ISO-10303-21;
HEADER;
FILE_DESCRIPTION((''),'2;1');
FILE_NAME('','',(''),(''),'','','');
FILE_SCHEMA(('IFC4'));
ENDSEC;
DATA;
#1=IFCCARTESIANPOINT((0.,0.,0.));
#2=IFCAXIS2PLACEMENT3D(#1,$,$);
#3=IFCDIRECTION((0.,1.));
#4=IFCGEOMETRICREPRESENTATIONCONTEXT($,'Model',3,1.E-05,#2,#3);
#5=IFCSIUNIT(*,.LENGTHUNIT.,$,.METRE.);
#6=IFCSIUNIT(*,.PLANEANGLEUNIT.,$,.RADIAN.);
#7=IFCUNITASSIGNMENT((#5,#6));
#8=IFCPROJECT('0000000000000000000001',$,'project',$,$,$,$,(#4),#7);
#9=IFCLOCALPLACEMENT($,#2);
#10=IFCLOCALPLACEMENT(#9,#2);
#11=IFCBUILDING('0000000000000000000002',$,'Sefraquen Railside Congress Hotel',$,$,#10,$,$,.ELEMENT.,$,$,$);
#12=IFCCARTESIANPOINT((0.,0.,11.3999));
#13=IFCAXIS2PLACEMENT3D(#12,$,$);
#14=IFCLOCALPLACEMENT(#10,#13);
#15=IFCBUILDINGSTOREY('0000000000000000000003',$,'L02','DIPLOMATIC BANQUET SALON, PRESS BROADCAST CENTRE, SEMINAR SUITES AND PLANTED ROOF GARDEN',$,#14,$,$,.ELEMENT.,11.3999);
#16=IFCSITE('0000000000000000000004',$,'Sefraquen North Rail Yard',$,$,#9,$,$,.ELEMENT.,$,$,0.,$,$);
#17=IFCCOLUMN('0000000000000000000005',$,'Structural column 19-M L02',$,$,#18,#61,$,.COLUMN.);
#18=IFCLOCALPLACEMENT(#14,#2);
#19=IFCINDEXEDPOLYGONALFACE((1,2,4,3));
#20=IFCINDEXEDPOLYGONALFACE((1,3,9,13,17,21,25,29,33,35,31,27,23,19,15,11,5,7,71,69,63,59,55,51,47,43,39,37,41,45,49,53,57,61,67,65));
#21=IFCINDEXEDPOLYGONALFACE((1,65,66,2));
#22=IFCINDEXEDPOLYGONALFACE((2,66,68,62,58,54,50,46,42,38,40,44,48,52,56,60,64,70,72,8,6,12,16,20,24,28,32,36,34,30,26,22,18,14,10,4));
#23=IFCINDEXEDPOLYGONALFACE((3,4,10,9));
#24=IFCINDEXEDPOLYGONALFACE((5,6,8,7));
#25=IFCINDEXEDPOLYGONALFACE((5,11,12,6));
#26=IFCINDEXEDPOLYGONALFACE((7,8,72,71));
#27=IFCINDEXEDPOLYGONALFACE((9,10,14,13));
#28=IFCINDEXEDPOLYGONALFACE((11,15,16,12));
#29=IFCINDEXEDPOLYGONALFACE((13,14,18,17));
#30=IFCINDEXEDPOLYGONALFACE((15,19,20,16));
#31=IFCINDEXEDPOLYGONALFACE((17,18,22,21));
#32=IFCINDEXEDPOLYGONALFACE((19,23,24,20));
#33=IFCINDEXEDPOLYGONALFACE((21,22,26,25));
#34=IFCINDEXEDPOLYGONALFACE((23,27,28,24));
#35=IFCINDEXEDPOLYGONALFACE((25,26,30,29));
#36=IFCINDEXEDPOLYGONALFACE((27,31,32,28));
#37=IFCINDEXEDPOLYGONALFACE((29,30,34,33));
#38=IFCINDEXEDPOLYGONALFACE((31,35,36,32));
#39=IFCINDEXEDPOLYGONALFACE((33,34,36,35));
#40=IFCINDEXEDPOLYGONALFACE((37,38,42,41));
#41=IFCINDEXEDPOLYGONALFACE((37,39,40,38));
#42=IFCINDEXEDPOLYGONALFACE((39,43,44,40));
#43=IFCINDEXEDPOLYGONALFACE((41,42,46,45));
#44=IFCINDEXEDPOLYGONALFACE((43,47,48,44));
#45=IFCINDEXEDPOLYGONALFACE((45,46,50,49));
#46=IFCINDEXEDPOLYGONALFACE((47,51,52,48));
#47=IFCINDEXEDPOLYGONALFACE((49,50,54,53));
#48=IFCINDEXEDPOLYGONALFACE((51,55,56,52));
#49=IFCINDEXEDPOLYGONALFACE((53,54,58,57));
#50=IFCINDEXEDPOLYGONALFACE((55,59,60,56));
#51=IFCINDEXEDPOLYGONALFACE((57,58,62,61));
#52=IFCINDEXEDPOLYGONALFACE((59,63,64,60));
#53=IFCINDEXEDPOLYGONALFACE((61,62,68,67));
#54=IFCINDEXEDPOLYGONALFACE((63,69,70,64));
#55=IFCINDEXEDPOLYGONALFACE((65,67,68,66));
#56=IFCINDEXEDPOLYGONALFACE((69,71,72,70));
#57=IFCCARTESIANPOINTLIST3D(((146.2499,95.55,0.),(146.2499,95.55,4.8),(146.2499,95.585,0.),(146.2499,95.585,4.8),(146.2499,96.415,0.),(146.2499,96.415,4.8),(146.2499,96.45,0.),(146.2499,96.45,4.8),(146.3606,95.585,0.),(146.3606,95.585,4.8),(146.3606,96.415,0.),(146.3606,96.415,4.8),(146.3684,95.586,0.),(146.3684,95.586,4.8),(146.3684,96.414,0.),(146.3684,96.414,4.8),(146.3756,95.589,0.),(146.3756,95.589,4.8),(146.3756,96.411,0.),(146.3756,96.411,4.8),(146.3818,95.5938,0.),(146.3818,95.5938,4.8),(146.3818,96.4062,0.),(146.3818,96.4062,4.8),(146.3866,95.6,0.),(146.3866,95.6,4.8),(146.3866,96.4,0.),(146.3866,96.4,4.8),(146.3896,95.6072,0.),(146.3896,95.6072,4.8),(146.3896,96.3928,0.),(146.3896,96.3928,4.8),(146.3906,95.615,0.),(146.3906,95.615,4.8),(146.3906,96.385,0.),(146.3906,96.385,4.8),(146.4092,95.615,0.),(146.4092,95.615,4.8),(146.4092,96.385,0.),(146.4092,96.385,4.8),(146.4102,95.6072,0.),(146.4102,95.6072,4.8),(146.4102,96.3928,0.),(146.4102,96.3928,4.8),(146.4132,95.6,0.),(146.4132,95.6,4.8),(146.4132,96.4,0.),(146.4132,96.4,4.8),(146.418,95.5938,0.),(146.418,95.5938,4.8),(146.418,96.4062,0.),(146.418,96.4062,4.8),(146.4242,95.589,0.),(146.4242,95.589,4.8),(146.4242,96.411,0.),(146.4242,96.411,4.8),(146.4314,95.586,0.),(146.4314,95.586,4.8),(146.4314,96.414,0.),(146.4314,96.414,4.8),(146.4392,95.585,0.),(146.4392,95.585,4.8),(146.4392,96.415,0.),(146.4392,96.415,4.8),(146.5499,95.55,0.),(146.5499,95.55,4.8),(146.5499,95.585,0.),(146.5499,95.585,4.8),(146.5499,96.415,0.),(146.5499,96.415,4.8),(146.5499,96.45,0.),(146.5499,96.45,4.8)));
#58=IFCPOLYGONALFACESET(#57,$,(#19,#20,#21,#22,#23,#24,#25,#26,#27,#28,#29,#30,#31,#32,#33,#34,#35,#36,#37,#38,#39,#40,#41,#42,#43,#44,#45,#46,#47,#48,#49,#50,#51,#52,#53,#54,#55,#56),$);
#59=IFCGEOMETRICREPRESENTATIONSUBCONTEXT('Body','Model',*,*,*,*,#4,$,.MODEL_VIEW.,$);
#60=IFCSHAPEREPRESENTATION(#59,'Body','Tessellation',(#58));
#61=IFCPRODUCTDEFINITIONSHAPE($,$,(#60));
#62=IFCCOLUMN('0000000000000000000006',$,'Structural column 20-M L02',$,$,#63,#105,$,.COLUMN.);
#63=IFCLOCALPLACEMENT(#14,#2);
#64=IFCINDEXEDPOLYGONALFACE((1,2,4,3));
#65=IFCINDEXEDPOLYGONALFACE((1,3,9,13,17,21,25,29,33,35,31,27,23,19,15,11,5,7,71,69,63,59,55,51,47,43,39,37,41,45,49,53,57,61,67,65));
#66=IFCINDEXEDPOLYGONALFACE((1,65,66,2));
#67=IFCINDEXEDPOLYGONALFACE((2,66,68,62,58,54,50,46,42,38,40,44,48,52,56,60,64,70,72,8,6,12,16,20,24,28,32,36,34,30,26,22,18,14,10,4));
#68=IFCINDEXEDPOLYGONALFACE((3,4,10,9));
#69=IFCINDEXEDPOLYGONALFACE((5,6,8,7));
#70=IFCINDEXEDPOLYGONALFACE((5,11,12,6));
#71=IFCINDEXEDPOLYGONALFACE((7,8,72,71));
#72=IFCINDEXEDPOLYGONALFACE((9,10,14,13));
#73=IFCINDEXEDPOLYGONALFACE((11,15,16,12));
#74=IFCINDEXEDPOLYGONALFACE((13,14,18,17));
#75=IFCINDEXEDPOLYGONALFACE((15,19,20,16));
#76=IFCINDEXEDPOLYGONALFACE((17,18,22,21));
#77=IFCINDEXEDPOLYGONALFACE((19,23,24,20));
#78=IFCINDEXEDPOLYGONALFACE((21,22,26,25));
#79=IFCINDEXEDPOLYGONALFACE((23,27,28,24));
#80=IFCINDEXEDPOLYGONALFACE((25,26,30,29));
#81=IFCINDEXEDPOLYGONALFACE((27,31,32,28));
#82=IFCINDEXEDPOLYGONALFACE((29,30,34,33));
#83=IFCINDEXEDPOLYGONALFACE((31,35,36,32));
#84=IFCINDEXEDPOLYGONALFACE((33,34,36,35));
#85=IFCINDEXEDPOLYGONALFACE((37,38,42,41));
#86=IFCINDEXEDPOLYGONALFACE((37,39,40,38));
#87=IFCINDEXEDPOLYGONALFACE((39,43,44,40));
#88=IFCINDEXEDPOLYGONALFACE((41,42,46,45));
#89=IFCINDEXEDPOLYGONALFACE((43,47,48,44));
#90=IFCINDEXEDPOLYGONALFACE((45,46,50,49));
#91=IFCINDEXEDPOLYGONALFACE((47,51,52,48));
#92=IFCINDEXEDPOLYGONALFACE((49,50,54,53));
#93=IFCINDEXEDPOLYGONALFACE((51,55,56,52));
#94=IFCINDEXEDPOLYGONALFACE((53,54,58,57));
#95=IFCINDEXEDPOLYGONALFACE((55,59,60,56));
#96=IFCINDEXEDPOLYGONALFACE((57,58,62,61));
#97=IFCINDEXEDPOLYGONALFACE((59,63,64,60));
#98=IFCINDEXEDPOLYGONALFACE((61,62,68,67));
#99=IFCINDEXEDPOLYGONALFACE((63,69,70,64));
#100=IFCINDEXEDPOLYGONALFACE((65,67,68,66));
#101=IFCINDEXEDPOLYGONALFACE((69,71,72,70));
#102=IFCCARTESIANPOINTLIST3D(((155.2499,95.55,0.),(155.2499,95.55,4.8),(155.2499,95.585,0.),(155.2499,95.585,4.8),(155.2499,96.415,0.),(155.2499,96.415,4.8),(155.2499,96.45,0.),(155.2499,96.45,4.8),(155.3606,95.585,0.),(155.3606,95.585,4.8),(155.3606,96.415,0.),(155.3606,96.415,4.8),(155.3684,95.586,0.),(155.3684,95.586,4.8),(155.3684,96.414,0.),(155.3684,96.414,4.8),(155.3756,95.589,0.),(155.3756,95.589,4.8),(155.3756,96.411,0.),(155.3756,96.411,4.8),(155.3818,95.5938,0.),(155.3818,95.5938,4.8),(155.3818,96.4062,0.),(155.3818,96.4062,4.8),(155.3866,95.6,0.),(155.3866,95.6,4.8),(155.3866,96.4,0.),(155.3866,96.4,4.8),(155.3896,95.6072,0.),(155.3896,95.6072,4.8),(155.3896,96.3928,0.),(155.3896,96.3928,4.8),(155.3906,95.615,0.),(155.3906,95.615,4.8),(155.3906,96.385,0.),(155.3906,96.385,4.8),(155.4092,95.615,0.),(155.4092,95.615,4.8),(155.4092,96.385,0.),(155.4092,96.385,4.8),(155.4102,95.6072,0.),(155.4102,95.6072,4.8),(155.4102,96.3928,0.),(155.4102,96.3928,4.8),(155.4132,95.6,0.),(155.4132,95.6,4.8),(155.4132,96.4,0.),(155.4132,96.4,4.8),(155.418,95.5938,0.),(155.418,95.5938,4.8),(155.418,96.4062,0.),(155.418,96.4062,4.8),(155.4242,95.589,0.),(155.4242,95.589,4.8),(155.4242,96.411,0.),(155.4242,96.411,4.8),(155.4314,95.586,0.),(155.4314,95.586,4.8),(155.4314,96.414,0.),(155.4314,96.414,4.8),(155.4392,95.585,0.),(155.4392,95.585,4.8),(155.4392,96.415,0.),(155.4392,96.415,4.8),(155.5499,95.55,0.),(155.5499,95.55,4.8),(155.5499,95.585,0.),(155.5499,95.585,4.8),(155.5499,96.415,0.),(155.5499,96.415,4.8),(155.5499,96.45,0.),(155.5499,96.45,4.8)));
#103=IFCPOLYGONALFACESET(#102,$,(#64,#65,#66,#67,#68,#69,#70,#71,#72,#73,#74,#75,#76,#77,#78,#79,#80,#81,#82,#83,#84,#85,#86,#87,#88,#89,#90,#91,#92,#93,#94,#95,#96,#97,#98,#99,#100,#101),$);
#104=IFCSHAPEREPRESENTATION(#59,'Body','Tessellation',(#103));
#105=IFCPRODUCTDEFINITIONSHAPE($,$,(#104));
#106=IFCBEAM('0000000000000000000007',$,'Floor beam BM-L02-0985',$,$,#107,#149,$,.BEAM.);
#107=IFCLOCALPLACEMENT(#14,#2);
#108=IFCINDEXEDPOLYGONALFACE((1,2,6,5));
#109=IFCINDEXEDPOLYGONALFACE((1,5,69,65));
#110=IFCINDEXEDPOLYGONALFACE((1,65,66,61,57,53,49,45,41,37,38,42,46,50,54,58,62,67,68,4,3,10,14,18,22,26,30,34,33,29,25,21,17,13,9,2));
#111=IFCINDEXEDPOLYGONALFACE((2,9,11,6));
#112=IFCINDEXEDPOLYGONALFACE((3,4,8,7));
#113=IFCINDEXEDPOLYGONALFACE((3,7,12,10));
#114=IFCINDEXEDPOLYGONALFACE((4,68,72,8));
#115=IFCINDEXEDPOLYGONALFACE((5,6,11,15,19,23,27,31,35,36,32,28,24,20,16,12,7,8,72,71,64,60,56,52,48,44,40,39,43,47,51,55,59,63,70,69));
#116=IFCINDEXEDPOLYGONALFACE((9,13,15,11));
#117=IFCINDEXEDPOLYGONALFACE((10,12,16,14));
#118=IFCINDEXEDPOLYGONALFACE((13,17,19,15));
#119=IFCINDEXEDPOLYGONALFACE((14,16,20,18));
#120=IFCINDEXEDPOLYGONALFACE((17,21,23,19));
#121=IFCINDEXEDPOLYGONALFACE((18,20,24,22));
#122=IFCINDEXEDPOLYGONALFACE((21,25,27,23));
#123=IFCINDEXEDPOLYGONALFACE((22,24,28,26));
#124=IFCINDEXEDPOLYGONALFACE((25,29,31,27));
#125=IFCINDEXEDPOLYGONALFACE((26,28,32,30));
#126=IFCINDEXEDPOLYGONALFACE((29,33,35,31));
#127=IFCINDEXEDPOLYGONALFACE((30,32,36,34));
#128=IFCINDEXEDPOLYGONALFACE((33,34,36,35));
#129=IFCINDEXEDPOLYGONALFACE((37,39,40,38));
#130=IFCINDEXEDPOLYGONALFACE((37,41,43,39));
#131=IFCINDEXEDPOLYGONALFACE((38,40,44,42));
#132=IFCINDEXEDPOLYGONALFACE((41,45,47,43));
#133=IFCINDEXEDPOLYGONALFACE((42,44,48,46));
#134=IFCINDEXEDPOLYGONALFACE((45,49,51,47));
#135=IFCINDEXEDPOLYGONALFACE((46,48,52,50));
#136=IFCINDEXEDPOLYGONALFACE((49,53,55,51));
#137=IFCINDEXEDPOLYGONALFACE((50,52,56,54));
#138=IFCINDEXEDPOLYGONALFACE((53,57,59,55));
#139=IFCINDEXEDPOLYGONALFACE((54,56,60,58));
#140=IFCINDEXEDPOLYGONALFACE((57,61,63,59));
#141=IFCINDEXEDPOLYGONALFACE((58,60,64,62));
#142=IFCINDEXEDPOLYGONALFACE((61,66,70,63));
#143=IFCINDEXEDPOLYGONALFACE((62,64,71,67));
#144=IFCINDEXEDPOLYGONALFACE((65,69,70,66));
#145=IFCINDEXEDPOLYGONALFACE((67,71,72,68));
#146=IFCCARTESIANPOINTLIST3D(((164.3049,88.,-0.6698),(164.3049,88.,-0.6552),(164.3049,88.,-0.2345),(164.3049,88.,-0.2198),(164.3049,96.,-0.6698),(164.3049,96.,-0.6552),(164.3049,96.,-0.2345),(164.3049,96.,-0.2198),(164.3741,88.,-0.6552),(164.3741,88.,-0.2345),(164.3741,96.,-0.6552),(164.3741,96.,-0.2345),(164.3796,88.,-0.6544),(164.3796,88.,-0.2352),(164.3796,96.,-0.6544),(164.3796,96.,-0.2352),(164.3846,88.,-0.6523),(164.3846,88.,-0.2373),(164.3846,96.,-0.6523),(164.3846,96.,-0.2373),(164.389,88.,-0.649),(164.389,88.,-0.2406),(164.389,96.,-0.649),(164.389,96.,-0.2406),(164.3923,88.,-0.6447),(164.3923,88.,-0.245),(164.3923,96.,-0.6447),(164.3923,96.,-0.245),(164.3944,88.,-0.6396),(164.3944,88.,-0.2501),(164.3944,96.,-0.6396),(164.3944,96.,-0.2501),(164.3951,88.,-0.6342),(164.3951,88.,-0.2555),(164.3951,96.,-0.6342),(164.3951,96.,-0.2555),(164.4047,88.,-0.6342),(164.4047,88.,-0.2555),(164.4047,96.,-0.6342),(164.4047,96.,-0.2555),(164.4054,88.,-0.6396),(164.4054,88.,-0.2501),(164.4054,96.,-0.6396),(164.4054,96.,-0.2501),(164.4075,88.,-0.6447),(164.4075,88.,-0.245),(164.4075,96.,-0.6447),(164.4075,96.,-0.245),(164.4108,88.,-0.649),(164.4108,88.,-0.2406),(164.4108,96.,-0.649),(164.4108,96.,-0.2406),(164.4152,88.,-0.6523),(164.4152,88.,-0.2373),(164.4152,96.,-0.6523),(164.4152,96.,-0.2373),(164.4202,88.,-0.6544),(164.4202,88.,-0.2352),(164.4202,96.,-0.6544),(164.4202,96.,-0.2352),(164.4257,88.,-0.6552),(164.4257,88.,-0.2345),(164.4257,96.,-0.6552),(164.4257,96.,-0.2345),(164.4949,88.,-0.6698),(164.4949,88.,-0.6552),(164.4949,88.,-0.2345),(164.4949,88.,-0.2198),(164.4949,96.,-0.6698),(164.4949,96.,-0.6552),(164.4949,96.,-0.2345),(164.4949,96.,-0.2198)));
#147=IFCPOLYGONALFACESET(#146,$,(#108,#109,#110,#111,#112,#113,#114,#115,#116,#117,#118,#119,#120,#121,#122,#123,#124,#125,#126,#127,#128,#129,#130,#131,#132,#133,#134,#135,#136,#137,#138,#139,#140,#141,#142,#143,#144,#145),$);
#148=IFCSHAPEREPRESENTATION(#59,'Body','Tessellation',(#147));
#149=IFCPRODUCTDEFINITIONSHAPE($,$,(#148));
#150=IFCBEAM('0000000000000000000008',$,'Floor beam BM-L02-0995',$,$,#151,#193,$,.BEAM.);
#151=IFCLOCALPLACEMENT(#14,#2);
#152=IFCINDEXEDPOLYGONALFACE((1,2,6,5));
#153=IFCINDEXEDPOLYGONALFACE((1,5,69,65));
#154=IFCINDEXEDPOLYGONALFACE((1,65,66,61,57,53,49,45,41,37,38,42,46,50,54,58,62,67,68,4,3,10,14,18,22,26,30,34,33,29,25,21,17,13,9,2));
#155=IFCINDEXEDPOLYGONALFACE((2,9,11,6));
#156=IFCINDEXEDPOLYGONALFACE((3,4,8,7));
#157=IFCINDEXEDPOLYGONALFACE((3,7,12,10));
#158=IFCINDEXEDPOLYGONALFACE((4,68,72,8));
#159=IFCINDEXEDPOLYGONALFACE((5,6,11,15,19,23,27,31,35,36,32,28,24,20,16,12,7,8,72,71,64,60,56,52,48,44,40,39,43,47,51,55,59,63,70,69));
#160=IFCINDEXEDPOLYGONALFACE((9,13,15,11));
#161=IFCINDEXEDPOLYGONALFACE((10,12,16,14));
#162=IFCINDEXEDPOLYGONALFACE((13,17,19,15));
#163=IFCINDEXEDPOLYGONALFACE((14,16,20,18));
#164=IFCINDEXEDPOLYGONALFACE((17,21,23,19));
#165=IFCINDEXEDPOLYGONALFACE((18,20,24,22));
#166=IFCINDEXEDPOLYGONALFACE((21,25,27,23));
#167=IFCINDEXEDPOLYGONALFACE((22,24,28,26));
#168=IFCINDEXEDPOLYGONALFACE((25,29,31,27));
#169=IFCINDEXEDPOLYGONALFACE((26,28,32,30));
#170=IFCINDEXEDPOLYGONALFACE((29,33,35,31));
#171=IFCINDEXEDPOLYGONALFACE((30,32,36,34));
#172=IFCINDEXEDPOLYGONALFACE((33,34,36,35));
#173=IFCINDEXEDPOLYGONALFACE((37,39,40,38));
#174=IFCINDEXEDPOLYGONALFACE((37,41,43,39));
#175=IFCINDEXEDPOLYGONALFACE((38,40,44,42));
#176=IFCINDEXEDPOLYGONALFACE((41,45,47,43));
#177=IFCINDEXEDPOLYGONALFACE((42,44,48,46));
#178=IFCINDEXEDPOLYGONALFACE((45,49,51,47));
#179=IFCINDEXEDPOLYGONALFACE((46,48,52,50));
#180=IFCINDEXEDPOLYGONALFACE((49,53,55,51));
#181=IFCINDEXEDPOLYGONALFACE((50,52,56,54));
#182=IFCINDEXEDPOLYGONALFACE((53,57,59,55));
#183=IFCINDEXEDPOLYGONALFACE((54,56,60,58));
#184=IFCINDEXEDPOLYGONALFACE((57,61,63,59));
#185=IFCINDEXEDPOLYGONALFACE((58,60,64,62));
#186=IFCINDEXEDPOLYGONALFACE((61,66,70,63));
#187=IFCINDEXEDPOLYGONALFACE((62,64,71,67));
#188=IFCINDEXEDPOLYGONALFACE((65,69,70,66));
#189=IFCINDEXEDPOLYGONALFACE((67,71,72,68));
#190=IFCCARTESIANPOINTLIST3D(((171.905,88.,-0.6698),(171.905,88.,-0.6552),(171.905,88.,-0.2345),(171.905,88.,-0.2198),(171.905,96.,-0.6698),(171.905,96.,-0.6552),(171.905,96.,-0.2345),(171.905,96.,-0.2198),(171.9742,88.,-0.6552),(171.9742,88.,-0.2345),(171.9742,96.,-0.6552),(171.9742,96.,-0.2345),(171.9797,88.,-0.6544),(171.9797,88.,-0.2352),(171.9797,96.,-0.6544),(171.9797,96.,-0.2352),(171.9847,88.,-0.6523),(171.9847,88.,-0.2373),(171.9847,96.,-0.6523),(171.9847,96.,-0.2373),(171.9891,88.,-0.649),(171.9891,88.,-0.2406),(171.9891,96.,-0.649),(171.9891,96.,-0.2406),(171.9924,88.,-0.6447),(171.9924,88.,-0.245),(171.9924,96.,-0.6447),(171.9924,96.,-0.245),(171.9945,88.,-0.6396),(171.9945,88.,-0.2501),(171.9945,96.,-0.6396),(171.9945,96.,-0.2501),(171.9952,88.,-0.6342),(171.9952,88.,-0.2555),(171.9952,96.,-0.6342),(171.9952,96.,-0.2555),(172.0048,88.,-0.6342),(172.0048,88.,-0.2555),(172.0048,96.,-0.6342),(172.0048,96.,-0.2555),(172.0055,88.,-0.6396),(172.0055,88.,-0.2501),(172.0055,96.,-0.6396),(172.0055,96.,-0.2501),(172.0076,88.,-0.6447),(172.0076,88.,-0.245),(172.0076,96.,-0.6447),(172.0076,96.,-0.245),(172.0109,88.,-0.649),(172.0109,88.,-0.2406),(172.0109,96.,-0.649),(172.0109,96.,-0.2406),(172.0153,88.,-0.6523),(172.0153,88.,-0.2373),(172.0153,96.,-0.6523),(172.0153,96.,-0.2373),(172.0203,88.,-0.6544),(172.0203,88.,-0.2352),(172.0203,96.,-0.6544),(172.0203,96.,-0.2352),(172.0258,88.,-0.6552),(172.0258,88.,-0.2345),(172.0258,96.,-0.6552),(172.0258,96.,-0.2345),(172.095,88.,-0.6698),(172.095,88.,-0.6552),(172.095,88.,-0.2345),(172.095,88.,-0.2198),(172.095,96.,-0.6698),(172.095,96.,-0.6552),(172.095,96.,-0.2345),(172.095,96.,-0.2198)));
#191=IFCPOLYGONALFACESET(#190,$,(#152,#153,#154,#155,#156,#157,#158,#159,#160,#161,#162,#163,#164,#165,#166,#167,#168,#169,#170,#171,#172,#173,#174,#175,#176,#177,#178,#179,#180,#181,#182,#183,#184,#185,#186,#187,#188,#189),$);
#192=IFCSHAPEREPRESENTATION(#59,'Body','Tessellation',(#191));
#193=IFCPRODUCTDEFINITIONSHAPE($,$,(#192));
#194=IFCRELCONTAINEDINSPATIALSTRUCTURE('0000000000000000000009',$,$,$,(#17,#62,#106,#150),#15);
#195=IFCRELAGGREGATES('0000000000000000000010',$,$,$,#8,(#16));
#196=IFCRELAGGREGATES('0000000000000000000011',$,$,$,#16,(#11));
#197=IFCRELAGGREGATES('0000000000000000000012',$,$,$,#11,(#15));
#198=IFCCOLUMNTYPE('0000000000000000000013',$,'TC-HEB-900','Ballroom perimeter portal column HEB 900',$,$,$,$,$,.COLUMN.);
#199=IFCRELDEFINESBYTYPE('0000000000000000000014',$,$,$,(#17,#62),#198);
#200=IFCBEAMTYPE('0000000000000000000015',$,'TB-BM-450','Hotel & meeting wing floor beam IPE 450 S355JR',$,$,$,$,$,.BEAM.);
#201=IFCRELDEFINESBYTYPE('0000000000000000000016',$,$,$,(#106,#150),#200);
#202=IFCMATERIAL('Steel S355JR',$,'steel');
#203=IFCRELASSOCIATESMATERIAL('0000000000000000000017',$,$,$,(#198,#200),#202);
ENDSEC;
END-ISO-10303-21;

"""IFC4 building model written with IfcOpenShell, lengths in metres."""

from ifc_helpers import new_model, si_unit, direction, frame, origin, origin_2d, place, context, subcontext, project, spatial, i_section, extrude, material, material_profile, profile_set, type_object, element, save


model = new_model("IFC4")

# Units and contexts
model_context = context("Model", 3, precision=1e-05, world=origin(), true_north=direction((0.0, 1.0)))
body_context = subcontext(model_context, "Body", "Model", "MODEL_VIEW")
ifc_project = project(units=[si_unit("LENGTHUNIT", "METRE"), si_unit("PLANEANGLEUNIT", "RADIAN")], contexts=[model_context])

# Site, building, storey
site_placement = place(None, origin())
site = spatial("IfcSite", under=ifc_project, at=site_placement, Name="Sefraquen North Rail Yard", CompositionType="ELEMENT", RefElevation=0.0)
building_placement = place(site_placement, origin())
building = spatial("IfcBuilding", under=site, at=building_placement, Name="Sefraquen Railside Congress Hotel", CompositionType="ELEMENT")
storey_placement = place(building_placement, frame((0.0, 0.0, 11.3999)))
storey = spatial("IfcBuildingStorey", under=building, at=storey_placement, Name="L02", Description="DIPLOMATIC BANQUET SALON, PRESS BROADCAST CENTRE, SEMINAR SUITES AND PLANTED ROOF GARDEN", CompositionType="ELEMENT", Elevation=11.3999)

# Columns
ifc_material_1 = material(Name="Steel S355JR", Category="steel")
ifc_material_profile_1 = material_profile(ifc_material_1, i_section(OverallWidth=0.3, OverallDepth=0.8999, WebThickness=0.0186, FlangeThickness=0.0349, FilletRadius=0.03, at=origin_2d()), Name="HEB 900")
ifc_profile_set_1 = profile_set([ifc_material_profile_1], Name="Steel S355JR")
column_type = type_object("IfcColumnType", Name="TC-HEB-900", Description="Ballroom perimeter portal column HEB 900", PredefinedType="COLUMN", material=ifc_profile_set_1)
for number, where, z_axis, x_axis, name in (
    (1, (146.3999, 96.0, 0.0), (0.0, 0.0, 1.0), (1.0, 0.0, 0.0), "Structural column 19-M L02"),
    (2, (155.3999, 96.0, 0.0), (0.0, 0.0, 1.0), (1.0, 0.0, 0.0), "Structural column 20-M L02"),
):
    element("IfcColumn", number, at=place(storey_placement, frame(where, z_axis=z_axis, x_axis=x_axis)), inside=storey, type_object=column_type, Name=name, PredefinedType="COLUMN", context=body_context, shape_type="SweptSolid", body=[
        extrude(i_section(OverallWidth=0.3, OverallDepth=0.8999, WebThickness=0.0186, FlangeThickness=0.0349, FilletRadius=0.03, at=origin_2d()), origin(), (0.0, 0.0, 1.0), 4.8),
    ])

# Beams
ifc_material_profile_2 = material_profile(ifc_material_1, i_section(OverallWidth=0.1899, OverallDepth=0.45, WebThickness=0.0095, FlangeThickness=0.0146, FilletRadius=0.021, at=origin_2d()), Name="IPE 450")
ifc_profile_set_2 = profile_set([ifc_material_profile_2], Name="Steel S355JR")
beam_type_1 = type_object("IfcBeamType", Name="TB-BM-450", Description="Hotel & meeting wing floor beam IPE 450 S355JR", PredefinedType="BEAM", material=ifc_profile_set_2)
for number, where, z_axis, x_axis, name in (
    (3, (164.3999, 88.0, -0.4448), (0.0, 1.0, 0.0), (-1.0, 0.0, 0.0), "Floor beam BM-L02-0985"),
    (4, (172.0, 88.0, -0.4448), (0.0, 1.0, 0.0), (-1.0, 0.0, 0.0), "Floor beam BM-L02-0995"),
):
    element("IfcBeam", number, at=place(storey_placement, frame(where, z_axis=z_axis, x_axis=x_axis)), inside=storey, type_object=beam_type_1, Name=name, PredefinedType="BEAM", context=body_context, shape_type="SweptSolid", body=[
        extrude(i_section(OverallWidth=0.1899, OverallDepth=0.45, WebThickness=0.0095, FlangeThickness=0.0146, FilletRadius=0.021, at=origin_2d()), origin(), (0.0, 0.0, 1.0), 8.0),
    ])

save(model, "model.ifc")
